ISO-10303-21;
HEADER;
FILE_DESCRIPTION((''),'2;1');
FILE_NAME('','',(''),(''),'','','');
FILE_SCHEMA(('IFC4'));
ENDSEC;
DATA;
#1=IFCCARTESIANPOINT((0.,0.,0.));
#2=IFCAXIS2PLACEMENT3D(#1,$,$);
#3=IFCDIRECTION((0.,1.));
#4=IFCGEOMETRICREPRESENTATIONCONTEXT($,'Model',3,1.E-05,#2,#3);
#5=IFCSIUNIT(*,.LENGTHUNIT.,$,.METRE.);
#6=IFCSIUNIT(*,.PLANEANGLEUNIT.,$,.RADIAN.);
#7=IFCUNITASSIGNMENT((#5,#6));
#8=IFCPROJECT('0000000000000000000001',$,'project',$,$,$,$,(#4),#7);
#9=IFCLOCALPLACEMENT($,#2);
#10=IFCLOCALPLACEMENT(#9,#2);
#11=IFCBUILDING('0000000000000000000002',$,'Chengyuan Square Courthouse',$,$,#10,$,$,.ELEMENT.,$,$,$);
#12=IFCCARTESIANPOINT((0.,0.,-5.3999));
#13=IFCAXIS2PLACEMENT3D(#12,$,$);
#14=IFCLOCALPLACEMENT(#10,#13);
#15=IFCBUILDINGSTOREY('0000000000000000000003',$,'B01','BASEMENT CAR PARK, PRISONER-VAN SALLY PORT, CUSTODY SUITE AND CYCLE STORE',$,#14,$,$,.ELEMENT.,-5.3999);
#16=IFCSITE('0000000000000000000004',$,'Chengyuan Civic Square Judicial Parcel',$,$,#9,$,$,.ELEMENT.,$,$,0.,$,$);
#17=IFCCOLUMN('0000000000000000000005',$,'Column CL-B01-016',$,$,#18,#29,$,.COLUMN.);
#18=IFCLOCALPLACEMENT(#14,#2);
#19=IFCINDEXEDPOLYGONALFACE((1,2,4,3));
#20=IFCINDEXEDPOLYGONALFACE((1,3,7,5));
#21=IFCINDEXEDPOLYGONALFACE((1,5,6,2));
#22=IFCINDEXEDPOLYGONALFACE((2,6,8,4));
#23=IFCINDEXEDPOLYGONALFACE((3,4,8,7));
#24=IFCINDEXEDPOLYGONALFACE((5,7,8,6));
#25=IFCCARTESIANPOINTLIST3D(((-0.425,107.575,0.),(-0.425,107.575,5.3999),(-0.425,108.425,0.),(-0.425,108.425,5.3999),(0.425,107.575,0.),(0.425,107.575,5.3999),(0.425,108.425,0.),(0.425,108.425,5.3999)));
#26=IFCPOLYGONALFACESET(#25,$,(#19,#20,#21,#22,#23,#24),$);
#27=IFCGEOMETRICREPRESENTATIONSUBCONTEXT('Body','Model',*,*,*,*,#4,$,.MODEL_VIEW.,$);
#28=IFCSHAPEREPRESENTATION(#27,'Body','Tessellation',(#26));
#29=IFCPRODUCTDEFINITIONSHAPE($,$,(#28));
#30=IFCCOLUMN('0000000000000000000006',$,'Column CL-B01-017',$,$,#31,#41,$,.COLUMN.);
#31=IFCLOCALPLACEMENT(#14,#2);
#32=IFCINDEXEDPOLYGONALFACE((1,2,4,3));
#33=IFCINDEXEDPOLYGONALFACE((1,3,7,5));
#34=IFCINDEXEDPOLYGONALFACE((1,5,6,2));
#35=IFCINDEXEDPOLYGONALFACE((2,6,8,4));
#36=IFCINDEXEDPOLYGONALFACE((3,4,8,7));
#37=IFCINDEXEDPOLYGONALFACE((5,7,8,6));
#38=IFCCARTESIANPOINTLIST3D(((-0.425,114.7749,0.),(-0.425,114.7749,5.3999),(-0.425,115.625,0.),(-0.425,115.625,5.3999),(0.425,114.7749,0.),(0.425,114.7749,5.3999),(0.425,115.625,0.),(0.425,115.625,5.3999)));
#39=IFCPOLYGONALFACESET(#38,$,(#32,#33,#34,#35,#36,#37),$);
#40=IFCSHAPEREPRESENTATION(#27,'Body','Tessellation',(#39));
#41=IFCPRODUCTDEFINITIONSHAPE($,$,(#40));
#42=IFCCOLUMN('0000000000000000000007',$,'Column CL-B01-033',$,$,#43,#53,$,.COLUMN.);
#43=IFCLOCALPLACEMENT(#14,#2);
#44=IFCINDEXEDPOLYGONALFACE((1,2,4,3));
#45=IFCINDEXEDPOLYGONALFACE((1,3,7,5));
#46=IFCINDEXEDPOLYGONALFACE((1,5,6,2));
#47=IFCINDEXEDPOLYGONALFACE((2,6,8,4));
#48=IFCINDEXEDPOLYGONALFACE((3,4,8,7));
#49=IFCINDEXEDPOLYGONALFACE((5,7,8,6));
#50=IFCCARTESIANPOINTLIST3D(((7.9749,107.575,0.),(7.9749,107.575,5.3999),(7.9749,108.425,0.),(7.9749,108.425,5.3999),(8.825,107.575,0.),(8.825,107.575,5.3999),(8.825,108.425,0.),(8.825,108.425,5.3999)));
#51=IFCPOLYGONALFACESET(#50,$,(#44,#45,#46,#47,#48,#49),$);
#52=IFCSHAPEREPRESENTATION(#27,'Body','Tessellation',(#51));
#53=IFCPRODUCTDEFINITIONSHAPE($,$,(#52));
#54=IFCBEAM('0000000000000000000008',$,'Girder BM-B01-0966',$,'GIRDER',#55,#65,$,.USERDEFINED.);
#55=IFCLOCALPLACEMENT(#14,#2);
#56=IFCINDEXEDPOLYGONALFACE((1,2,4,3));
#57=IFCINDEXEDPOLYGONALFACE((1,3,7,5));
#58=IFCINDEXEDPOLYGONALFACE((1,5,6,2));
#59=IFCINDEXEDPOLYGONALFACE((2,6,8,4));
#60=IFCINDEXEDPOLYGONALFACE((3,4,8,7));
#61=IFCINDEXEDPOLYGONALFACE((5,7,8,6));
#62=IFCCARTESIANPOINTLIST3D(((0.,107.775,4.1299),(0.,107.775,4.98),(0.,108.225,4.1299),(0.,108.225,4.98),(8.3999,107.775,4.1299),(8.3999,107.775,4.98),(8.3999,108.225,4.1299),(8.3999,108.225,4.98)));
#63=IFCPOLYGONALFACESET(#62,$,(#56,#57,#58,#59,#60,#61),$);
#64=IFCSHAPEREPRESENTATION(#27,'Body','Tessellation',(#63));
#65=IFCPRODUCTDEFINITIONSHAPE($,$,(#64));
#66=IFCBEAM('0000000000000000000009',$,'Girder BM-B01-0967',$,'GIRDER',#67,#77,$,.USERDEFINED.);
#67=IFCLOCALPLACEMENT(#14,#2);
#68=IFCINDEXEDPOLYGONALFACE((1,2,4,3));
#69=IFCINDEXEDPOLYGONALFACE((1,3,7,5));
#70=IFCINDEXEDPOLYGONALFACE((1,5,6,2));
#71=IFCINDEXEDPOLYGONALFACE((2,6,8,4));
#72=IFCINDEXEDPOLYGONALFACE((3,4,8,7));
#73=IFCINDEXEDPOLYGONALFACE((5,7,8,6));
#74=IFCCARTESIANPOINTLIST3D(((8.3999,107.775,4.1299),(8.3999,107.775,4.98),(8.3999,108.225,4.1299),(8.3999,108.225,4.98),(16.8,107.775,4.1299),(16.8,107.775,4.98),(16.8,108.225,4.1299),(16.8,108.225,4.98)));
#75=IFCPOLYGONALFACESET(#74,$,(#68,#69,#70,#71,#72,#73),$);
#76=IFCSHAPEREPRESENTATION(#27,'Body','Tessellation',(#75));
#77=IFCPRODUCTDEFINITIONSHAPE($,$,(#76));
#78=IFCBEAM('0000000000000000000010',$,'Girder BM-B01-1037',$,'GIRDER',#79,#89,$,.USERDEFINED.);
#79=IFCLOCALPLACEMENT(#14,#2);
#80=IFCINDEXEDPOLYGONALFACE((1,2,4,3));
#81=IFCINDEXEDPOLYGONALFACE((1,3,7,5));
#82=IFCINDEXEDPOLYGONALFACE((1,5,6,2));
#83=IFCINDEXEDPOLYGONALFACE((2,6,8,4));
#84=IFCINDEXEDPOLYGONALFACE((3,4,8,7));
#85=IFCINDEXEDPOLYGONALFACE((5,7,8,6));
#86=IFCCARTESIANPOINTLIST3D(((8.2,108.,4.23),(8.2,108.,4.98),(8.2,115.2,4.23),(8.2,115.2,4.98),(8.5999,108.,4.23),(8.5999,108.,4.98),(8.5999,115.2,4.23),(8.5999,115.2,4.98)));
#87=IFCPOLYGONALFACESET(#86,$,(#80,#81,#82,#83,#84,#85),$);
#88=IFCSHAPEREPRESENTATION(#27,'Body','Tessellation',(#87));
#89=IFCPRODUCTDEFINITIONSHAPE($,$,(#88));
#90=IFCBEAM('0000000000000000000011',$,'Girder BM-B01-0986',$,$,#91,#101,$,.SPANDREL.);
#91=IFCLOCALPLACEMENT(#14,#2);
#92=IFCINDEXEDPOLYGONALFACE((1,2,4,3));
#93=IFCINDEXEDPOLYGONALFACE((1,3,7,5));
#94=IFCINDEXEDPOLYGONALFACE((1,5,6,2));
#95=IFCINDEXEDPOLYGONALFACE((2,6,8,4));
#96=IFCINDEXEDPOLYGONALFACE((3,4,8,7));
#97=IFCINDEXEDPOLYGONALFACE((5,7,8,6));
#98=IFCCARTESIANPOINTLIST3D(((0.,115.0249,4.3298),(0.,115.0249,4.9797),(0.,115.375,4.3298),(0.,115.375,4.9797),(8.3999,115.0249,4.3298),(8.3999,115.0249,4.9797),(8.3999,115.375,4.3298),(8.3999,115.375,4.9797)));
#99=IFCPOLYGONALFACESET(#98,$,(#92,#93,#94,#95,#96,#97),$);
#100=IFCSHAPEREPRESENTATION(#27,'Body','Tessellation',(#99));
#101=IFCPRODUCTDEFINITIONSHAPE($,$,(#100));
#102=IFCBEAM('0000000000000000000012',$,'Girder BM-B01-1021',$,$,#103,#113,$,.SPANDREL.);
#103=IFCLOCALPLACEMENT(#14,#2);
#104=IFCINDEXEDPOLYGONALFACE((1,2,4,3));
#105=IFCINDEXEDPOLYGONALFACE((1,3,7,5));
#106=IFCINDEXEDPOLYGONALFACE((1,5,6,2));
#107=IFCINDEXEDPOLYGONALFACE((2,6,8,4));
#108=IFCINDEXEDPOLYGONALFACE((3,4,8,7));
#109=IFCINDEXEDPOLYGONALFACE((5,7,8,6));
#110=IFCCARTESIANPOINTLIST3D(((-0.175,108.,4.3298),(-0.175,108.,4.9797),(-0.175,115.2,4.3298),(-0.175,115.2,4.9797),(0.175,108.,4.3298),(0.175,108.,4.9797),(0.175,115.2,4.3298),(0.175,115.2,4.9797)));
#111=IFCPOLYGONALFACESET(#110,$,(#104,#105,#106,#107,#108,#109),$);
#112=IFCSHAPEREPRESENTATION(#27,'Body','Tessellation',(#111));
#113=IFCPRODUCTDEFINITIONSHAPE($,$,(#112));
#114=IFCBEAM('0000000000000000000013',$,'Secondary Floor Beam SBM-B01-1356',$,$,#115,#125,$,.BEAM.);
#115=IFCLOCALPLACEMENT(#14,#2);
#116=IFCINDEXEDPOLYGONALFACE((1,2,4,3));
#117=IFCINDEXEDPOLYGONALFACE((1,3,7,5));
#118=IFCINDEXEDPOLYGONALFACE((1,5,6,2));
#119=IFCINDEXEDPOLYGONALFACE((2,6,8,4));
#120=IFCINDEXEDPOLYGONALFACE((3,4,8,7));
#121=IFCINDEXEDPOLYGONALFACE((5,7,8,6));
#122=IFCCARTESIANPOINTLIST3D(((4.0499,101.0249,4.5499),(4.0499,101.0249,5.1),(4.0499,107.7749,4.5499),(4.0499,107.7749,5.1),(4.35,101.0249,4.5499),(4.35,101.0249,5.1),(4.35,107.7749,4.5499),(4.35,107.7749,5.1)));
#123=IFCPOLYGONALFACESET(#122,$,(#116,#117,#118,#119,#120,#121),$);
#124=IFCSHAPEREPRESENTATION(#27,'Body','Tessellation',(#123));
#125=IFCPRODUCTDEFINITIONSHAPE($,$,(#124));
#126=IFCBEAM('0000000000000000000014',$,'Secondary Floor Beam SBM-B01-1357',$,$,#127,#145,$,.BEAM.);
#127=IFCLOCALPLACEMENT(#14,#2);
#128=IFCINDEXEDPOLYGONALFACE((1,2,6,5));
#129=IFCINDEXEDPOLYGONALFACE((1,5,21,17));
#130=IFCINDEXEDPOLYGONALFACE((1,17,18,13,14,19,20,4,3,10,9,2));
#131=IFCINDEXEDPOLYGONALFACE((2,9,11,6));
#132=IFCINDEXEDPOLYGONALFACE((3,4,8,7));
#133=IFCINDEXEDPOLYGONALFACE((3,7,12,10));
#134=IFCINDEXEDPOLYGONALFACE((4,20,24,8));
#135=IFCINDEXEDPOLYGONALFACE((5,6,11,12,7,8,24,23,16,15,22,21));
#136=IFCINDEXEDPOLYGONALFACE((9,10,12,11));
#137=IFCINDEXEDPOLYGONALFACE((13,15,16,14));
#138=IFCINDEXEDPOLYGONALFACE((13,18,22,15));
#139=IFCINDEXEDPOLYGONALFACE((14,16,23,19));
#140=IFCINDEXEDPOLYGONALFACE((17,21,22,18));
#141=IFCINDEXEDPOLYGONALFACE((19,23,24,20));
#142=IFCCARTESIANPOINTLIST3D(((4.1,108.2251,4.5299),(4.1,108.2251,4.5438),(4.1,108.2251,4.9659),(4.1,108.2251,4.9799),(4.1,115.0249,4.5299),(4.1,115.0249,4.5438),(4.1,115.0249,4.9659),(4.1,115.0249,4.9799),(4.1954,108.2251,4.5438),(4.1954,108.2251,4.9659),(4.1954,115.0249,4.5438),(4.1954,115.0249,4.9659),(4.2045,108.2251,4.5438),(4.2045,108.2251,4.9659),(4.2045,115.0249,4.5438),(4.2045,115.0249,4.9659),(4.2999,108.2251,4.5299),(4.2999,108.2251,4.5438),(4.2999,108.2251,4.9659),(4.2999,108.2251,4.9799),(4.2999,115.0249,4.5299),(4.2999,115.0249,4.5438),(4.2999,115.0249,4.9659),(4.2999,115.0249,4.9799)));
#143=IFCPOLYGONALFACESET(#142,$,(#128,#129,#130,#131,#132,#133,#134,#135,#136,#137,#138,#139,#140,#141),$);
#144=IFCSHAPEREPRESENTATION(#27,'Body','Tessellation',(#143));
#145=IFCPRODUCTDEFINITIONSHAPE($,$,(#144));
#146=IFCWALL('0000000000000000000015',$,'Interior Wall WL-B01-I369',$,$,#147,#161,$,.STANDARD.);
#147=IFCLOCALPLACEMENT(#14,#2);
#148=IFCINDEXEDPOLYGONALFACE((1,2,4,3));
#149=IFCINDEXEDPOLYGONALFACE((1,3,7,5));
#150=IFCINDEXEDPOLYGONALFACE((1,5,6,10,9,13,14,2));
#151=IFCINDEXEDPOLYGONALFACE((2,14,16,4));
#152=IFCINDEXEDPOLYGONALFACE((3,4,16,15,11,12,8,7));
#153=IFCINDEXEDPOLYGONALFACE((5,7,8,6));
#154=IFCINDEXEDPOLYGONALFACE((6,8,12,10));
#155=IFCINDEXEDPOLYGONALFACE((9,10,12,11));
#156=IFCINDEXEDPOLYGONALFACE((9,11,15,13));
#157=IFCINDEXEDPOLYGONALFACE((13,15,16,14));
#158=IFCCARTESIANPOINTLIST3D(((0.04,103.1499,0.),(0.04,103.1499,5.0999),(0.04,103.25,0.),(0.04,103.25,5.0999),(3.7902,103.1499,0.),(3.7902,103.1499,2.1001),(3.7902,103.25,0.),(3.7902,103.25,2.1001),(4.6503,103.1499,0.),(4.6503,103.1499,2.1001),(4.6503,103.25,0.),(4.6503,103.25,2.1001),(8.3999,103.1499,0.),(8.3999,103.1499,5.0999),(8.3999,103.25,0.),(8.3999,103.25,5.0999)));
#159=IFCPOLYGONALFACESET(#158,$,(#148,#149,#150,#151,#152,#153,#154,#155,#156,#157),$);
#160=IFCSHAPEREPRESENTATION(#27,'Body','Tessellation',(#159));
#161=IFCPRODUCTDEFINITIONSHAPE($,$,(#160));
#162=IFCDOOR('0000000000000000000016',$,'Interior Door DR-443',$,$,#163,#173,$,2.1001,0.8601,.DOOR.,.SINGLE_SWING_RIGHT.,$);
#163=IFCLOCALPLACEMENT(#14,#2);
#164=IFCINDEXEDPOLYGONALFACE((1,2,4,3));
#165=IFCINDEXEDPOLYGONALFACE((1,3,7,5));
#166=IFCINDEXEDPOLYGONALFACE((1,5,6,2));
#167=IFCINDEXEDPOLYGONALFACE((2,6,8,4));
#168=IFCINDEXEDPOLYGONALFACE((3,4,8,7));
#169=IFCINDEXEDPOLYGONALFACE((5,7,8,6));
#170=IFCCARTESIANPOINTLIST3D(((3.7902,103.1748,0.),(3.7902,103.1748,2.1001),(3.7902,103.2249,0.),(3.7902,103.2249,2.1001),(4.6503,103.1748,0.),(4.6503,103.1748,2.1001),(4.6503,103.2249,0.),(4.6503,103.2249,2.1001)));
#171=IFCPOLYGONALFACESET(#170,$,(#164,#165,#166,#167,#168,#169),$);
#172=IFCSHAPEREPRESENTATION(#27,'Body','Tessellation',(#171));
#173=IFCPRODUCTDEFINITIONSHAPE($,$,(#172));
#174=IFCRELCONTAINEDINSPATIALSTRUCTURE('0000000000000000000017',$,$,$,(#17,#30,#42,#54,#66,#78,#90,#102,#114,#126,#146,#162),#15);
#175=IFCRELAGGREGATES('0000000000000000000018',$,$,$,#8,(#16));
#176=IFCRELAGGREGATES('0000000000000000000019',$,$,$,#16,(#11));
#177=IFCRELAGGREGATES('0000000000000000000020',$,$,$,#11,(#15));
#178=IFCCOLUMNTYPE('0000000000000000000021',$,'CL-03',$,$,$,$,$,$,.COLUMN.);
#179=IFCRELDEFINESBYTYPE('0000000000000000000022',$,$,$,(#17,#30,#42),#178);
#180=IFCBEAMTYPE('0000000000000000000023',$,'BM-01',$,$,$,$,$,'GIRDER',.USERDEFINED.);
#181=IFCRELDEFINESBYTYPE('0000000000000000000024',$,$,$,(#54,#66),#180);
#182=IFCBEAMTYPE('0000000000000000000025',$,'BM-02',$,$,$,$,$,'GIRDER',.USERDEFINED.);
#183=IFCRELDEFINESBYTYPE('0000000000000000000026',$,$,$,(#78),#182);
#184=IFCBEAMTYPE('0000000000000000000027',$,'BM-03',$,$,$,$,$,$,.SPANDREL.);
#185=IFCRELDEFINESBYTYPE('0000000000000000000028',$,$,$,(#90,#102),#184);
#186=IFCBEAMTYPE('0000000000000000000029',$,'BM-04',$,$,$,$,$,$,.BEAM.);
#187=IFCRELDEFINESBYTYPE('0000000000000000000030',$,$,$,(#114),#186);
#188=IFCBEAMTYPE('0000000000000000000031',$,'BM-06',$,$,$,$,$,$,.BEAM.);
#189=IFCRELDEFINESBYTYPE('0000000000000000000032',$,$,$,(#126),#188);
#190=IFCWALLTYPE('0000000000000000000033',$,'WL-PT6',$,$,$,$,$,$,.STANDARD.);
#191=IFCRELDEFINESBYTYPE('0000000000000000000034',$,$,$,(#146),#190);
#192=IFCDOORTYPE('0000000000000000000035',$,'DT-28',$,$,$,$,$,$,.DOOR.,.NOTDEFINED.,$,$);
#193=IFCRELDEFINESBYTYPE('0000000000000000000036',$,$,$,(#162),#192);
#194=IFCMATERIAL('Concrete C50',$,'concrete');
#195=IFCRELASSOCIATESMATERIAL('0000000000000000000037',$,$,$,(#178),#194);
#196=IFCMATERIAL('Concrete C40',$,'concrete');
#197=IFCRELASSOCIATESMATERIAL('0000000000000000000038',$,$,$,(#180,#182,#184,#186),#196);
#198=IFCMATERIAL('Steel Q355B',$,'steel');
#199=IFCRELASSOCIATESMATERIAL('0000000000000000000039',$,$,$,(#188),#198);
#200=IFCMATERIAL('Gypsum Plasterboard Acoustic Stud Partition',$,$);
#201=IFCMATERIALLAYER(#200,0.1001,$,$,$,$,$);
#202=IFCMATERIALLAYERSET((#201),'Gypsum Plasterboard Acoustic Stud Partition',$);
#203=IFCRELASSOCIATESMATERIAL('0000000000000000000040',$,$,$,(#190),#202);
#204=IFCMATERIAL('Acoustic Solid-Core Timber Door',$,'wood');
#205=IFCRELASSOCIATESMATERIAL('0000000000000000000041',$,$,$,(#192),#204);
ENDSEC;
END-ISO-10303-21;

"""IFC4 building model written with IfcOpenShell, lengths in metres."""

from ifc_helpers import new_model, si_unit, direction, frame, frame_2d, origin, origin_2d, place, context, subcontext, project, spatial, rectangle, i_section, extrude, material, layer, layer_set, material_profile, profile_set, type_object, element, fill, save


model = new_model("IFC4")

# Units and contexts
model_context = context("Model", 3, precision=1e-05, world=origin(), true_north=direction((0.0, 1.0)))
body_context = subcontext(model_context, "Body", "Model", "MODEL_VIEW")
ifc_project = project(units=[si_unit("LENGTHUNIT", "METRE"), si_unit("PLANEANGLEUNIT", "RADIAN")], contexts=[model_context])

# Site, building, storey
site_placement = place(None, origin())
site = spatial("IfcSite", under=ifc_project, at=site_placement, Name="Chengyuan Civic Square Judicial Parcel", CompositionType="ELEMENT", RefElevation=0.0)
building_placement = place(site_placement, origin())
building = spatial("IfcBuilding", under=site, at=building_placement, Name="Chengyuan Square Courthouse", CompositionType="ELEMENT")
storey_placement = place(building_placement, frame((0.0, 0.0, -5.3999)))
storey = spatial("IfcBuildingStorey", under=building, at=storey_placement, Name="B01", Description="BASEMENT CAR PARK, PRISONER-VAN SALLY PORT, CUSTODY SUITE AND CYCLE STORE", CompositionType="ELEMENT", Elevation=-5.3999)

# Columns
ifc_material_1 = material(Name="Concrete C50", Category="concrete")
ifc_material_profile_1 = material_profile(ifc_material_1, rectangle(XDim=0.8501, YDim=0.8501, at=origin_2d()), Name="RC-COL-850x850")
ifc_profile_set_1 = profile_set([ifc_material_profile_1], Name="Concrete C50")
column_type = type_object("IfcColumnType", Name="CL-03", PredefinedType="COLUMN", material=ifc_profile_set_1)
for number, where, z_axis, x_axis, name in (
    (1, (0.0, 108.0, 0.0), (0.0, 0.0, 1.0), (1.0, 0.0, 0.0), "Column CL-B01-016"),
    (2, (0.0, 115.2, 0.0), (0.0, 0.0, 1.0), (1.0, 0.0, 0.0), "Column CL-B01-017"),
    (3, (8.3999, 108.0, 0.0), (0.0, 0.0, 1.0), (1.0, 0.0, 0.0), "Column CL-B01-033"),
):
    element("IfcColumn", number, at=place(storey_placement, frame(where, z_axis=z_axis, x_axis=x_axis)), inside=storey, type_object=column_type, Name=name, PredefinedType="COLUMN", context=body_context, shape_type="SweptSolid", body=[
        extrude(rectangle(XDim=0.8501, YDim=0.8501, at=origin_2d()), origin(), (0.0, 0.0, 1.0), 5.3999),
    ])

# Beams
ifc_material_2 = material(Name="Concrete C40", Category="concrete")
ifc_material_profile_2 = material_profile(ifc_material_2, rectangle(XDim=0.45, YDim=0.8501, at=origin_2d()), Name="RC-BM-450x850")
ifc_profile_set_2 = profile_set([ifc_material_profile_2], Name="Concrete C40")
beam_type_1 = type_object("IfcBeamType", Name="BM-01", ElementType="GIRDER", PredefinedType="USERDEFINED", material=ifc_profile_set_2)
beam_1_placement = place(storey_placement, frame((0.0, 108.0, 4.5549), z_axis=(1.0, 0.0, 0.0), x_axis=(0.0, 1.0, 0.0)))
element("IfcBeam", 4, at=beam_1_placement, inside=storey, type_object=beam_type_1, Name="Girder BM-B01-0966", ObjectType="GIRDER", PredefinedType="USERDEFINED", context=body_context, shape_type="SweptSolid", body=[
    extrude(rectangle(XDim=0.45, YDim=0.8501, at=origin_2d()), origin(), (0.0, 0.0, 1.0), 8.3999),
])
beam_2_placement = place(storey_placement, frame((8.3999, 108.0, 4.5549), z_axis=(1.0, 0.0, 0.0), x_axis=(0.0, 1.0, 0.0)))
element("IfcBeam", 5, at=beam_2_placement, inside=storey, type_object=beam_type_1, Name="Girder BM-B01-0967", ObjectType="GIRDER", PredefinedType="USERDEFINED", context=body_context, shape_type="SweptSolid", body=[
    extrude(rectangle(XDim=0.45, YDim=0.8501, at=origin_2d()), origin(), (0.0, 0.0, 1.0), 8.4001),
])
ifc_material_profile_3 = material_profile(ifc_material_2, rectangle(XDim=0.3999, YDim=0.75, at=origin_2d()), Name="RC-BM-400x750")
ifc_profile_set_3 = profile_set([ifc_material_profile_3], Name="Concrete C40")
beam_type_2 = type_object("IfcBeamType", Name="BM-02", ElementType="GIRDER", PredefinedType="USERDEFINED", material=ifc_profile_set_3)
beam_3_placement = place(storey_placement, frame((8.3999, 108.0, 4.605), z_axis=(0.0, 1.0, 0.0), x_axis=(-1.0, 0.0, 0.0)))
element("IfcBeam", 6, at=beam_3_placement, inside=storey, type_object=beam_type_2, Name="Girder BM-B01-1037", ObjectType="GIRDER", PredefinedType="USERDEFINED", context=body_context, shape_type="SweptSolid", body=[
    extrude(rectangle(XDim=0.3999, YDim=0.75, at=origin_2d()), origin(), (0.0, 0.0, 1.0), 7.2),
])
ifc_material_profile_4 = material_profile(ifc_material_2, rectangle(XDim=0.3501, YDim=0.6499, at=origin_2d()), Name="RC-BM-350x650")
ifc_profile_set_4 = profile_set([ifc_material_profile_4], Name="Concrete C40")
beam_type_3 = type_object("IfcBeamType", Name="BM-03", PredefinedType="SPANDREL", material=ifc_profile_set_4)
beam_4_placement = place(storey_placement, frame((0.0, 115.2, 4.6548), z_axis=(1.0, 0.0, 0.0), x_axis=(0.0, 1.0, 0.0)))
element("IfcBeam", 7, at=beam_4_placement, inside=storey, type_object=beam_type_3, Name="Girder BM-B01-0986", PredefinedType="SPANDREL", context=body_context, shape_type="SweptSolid", body=[
    extrude(rectangle(XDim=0.3501, YDim=0.6499, at=origin_2d()), origin(), (0.0, 0.0, 1.0), 8.3999),
])
beam_5_placement = place(storey_placement, frame((0.0, 108.0, 4.6548), z_axis=(0.0, 1.0, 0.0), x_axis=(-1.0, 0.0, 0.0)))
element("IfcBeam", 8, at=beam_5_placement, inside=storey, type_object=beam_type_3, Name="Girder BM-B01-1021", PredefinedType="SPANDREL", context=body_context, shape_type="SweptSolid", body=[
    extrude(rectangle(XDim=0.3501, YDim=0.6499, at=origin_2d()), origin(), (0.0, 0.0, 1.0), 7.2),
])
ifc_material_profile_5 = material_profile(ifc_material_2, rectangle(XDim=0.3, YDim=0.55, at=origin_2d()), Name="RC-BM-300x550")
ifc_profile_set_5 = profile_set([ifc_material_profile_5], Name="Concrete C40")
beam_type_4 = type_object("IfcBeamType", Name="BM-04", PredefinedType="BEAM", material=ifc_profile_set_5)
beam_6_placement = place(storey_placement, frame((4.2, 101.0249, 4.825), z_axis=(0.0, 1.0, 0.0), x_axis=(-1.0, 0.0, 0.0)))
element("IfcBeam", 9, at=beam_6_placement, inside=storey, type_object=beam_type_4, Name="Secondary Floor Beam SBM-B01-1356", PredefinedType="BEAM", context=body_context, shape_type="SweptSolid", body=[
    extrude(rectangle(XDim=0.3, YDim=0.55, at=origin_2d()), origin(), (0.0, 0.0, 1.0), 6.75),
])
ifc_material_3 = material(Name="Steel Q355B", Category="steel")
ifc_material_profile_6 = material_profile(ifc_material_3, i_section(OverallWidth=0.2, OverallDepth=0.45, WebThickness=0.009, FlangeThickness=0.0139, at=origin_2d()), Name="HN 450x200x9x14")
ifc_profile_set_6 = profile_set([ifc_material_profile_6], Name="Steel Q355B")
beam_type_5 = type_object("IfcBeamType", Name="BM-06", PredefinedType="BEAM", material=ifc_profile_set_6)
beam_7_placement = place(storey_placement, frame((4.2, 108.2251, 4.7549), z_axis=(0.0, 1.0, 0.0), x_axis=(-1.0, 0.0, 0.0)))
element("IfcBeam", 10, at=beam_7_placement, inside=storey, type_object=beam_type_5, Name="Secondary Floor Beam SBM-B01-1357", PredefinedType="BEAM", context=body_context, shape_type="SweptSolid", body=[
    extrude(i_section(OverallWidth=0.2, OverallDepth=0.45, WebThickness=0.009, FlangeThickness=0.0139, at=origin_2d()), origin(), (0.0, 0.0, 1.0), 6.7998),
])

# Wall, opening, door
ifc_material_4 = material(Name="Gypsum Plasterboard Acoustic Stud Partition")
ifc_layer_1 = layer(ifc_material_4, 0.1001)
ifc_layer_set_1 = layer_set([ifc_layer_1], Name="Gypsum Plasterboard Acoustic Stud Partition")
wall_type_1 = type_object("IfcWallType", Name="WL-PT6", PredefinedType="STANDARD", material=ifc_layer_set_1)
wall_1_placement = place(storey_placement, frame((0.04, 103.2, 0.0), z_axis=(0.0, 0.0, 1.0), x_axis=(1.0, 0.0, 0.0)))
wall_1 = element("IfcWall", 11, at=wall_1_placement, inside=storey, type_object=wall_type_1, Name="Interior Wall WL-B01-I369", PredefinedType="STANDARD", context=body_context, shape_type="SweptSolid", body=[
    extrude(rectangle(XDim=8.3599, YDim=0.1001, at=frame_2d((4.1799, 0.0))), origin(), (0.0, 0.0, 1.0), 5.0999),
])
opening_1_placement = place(wall_1_placement, frame((3.75, 0.0, 0.0)))
opening_1 = element("IfcOpeningElement", 12, at=opening_1_placement, cuts=wall_1, PredefinedType="OPENING", context=body_context, shape_type="SweptSolid", body=[
    extrude(rectangle(XDim=0.8601, YDim=2.1001, at=frame_2d((0.4302, 1.05))), frame((0.0, 0.062, 0.0), z_axis=(0.0, -1.0, 0.0), x_axis=(1.0, 0.0, 0.0)), (0.0, 0.0, 1.0), 0.124),
])
ifc_material_5 = material(Name="Acoustic Solid-Core Timber Door", Category="wood")
door_type_1 = type_object("IfcDoorType", Name="DT-28", OperationType="NOTDEFINED", PredefinedType="DOOR", material=ifc_material_5)
door_1_placement = place(opening_1_placement, origin())
door_1 = element("IfcDoor", 13, at=door_1_placement, inside=storey, type_object=door_type_1, Name="Interior Door DR-443", OperationType="SINGLE_SWING_RIGHT", OverallHeight=2.1001, OverallWidth=0.8601, PredefinedType="DOOR", context=body_context, shape_type="SweptSolid", body=[
    extrude(rectangle(XDim=0.8601, YDim=2.1001, at=frame_2d((0.4302, 1.05))), frame((0.0, 0.0249, 0.0), z_axis=(0.0, -1.0, 0.0), x_axis=(1.0, 0.0, 0.0)), (0.0, 0.0, 1.0), 0.05),
])
fill(opening_1, door_1)

save(model, "model.ifc")
